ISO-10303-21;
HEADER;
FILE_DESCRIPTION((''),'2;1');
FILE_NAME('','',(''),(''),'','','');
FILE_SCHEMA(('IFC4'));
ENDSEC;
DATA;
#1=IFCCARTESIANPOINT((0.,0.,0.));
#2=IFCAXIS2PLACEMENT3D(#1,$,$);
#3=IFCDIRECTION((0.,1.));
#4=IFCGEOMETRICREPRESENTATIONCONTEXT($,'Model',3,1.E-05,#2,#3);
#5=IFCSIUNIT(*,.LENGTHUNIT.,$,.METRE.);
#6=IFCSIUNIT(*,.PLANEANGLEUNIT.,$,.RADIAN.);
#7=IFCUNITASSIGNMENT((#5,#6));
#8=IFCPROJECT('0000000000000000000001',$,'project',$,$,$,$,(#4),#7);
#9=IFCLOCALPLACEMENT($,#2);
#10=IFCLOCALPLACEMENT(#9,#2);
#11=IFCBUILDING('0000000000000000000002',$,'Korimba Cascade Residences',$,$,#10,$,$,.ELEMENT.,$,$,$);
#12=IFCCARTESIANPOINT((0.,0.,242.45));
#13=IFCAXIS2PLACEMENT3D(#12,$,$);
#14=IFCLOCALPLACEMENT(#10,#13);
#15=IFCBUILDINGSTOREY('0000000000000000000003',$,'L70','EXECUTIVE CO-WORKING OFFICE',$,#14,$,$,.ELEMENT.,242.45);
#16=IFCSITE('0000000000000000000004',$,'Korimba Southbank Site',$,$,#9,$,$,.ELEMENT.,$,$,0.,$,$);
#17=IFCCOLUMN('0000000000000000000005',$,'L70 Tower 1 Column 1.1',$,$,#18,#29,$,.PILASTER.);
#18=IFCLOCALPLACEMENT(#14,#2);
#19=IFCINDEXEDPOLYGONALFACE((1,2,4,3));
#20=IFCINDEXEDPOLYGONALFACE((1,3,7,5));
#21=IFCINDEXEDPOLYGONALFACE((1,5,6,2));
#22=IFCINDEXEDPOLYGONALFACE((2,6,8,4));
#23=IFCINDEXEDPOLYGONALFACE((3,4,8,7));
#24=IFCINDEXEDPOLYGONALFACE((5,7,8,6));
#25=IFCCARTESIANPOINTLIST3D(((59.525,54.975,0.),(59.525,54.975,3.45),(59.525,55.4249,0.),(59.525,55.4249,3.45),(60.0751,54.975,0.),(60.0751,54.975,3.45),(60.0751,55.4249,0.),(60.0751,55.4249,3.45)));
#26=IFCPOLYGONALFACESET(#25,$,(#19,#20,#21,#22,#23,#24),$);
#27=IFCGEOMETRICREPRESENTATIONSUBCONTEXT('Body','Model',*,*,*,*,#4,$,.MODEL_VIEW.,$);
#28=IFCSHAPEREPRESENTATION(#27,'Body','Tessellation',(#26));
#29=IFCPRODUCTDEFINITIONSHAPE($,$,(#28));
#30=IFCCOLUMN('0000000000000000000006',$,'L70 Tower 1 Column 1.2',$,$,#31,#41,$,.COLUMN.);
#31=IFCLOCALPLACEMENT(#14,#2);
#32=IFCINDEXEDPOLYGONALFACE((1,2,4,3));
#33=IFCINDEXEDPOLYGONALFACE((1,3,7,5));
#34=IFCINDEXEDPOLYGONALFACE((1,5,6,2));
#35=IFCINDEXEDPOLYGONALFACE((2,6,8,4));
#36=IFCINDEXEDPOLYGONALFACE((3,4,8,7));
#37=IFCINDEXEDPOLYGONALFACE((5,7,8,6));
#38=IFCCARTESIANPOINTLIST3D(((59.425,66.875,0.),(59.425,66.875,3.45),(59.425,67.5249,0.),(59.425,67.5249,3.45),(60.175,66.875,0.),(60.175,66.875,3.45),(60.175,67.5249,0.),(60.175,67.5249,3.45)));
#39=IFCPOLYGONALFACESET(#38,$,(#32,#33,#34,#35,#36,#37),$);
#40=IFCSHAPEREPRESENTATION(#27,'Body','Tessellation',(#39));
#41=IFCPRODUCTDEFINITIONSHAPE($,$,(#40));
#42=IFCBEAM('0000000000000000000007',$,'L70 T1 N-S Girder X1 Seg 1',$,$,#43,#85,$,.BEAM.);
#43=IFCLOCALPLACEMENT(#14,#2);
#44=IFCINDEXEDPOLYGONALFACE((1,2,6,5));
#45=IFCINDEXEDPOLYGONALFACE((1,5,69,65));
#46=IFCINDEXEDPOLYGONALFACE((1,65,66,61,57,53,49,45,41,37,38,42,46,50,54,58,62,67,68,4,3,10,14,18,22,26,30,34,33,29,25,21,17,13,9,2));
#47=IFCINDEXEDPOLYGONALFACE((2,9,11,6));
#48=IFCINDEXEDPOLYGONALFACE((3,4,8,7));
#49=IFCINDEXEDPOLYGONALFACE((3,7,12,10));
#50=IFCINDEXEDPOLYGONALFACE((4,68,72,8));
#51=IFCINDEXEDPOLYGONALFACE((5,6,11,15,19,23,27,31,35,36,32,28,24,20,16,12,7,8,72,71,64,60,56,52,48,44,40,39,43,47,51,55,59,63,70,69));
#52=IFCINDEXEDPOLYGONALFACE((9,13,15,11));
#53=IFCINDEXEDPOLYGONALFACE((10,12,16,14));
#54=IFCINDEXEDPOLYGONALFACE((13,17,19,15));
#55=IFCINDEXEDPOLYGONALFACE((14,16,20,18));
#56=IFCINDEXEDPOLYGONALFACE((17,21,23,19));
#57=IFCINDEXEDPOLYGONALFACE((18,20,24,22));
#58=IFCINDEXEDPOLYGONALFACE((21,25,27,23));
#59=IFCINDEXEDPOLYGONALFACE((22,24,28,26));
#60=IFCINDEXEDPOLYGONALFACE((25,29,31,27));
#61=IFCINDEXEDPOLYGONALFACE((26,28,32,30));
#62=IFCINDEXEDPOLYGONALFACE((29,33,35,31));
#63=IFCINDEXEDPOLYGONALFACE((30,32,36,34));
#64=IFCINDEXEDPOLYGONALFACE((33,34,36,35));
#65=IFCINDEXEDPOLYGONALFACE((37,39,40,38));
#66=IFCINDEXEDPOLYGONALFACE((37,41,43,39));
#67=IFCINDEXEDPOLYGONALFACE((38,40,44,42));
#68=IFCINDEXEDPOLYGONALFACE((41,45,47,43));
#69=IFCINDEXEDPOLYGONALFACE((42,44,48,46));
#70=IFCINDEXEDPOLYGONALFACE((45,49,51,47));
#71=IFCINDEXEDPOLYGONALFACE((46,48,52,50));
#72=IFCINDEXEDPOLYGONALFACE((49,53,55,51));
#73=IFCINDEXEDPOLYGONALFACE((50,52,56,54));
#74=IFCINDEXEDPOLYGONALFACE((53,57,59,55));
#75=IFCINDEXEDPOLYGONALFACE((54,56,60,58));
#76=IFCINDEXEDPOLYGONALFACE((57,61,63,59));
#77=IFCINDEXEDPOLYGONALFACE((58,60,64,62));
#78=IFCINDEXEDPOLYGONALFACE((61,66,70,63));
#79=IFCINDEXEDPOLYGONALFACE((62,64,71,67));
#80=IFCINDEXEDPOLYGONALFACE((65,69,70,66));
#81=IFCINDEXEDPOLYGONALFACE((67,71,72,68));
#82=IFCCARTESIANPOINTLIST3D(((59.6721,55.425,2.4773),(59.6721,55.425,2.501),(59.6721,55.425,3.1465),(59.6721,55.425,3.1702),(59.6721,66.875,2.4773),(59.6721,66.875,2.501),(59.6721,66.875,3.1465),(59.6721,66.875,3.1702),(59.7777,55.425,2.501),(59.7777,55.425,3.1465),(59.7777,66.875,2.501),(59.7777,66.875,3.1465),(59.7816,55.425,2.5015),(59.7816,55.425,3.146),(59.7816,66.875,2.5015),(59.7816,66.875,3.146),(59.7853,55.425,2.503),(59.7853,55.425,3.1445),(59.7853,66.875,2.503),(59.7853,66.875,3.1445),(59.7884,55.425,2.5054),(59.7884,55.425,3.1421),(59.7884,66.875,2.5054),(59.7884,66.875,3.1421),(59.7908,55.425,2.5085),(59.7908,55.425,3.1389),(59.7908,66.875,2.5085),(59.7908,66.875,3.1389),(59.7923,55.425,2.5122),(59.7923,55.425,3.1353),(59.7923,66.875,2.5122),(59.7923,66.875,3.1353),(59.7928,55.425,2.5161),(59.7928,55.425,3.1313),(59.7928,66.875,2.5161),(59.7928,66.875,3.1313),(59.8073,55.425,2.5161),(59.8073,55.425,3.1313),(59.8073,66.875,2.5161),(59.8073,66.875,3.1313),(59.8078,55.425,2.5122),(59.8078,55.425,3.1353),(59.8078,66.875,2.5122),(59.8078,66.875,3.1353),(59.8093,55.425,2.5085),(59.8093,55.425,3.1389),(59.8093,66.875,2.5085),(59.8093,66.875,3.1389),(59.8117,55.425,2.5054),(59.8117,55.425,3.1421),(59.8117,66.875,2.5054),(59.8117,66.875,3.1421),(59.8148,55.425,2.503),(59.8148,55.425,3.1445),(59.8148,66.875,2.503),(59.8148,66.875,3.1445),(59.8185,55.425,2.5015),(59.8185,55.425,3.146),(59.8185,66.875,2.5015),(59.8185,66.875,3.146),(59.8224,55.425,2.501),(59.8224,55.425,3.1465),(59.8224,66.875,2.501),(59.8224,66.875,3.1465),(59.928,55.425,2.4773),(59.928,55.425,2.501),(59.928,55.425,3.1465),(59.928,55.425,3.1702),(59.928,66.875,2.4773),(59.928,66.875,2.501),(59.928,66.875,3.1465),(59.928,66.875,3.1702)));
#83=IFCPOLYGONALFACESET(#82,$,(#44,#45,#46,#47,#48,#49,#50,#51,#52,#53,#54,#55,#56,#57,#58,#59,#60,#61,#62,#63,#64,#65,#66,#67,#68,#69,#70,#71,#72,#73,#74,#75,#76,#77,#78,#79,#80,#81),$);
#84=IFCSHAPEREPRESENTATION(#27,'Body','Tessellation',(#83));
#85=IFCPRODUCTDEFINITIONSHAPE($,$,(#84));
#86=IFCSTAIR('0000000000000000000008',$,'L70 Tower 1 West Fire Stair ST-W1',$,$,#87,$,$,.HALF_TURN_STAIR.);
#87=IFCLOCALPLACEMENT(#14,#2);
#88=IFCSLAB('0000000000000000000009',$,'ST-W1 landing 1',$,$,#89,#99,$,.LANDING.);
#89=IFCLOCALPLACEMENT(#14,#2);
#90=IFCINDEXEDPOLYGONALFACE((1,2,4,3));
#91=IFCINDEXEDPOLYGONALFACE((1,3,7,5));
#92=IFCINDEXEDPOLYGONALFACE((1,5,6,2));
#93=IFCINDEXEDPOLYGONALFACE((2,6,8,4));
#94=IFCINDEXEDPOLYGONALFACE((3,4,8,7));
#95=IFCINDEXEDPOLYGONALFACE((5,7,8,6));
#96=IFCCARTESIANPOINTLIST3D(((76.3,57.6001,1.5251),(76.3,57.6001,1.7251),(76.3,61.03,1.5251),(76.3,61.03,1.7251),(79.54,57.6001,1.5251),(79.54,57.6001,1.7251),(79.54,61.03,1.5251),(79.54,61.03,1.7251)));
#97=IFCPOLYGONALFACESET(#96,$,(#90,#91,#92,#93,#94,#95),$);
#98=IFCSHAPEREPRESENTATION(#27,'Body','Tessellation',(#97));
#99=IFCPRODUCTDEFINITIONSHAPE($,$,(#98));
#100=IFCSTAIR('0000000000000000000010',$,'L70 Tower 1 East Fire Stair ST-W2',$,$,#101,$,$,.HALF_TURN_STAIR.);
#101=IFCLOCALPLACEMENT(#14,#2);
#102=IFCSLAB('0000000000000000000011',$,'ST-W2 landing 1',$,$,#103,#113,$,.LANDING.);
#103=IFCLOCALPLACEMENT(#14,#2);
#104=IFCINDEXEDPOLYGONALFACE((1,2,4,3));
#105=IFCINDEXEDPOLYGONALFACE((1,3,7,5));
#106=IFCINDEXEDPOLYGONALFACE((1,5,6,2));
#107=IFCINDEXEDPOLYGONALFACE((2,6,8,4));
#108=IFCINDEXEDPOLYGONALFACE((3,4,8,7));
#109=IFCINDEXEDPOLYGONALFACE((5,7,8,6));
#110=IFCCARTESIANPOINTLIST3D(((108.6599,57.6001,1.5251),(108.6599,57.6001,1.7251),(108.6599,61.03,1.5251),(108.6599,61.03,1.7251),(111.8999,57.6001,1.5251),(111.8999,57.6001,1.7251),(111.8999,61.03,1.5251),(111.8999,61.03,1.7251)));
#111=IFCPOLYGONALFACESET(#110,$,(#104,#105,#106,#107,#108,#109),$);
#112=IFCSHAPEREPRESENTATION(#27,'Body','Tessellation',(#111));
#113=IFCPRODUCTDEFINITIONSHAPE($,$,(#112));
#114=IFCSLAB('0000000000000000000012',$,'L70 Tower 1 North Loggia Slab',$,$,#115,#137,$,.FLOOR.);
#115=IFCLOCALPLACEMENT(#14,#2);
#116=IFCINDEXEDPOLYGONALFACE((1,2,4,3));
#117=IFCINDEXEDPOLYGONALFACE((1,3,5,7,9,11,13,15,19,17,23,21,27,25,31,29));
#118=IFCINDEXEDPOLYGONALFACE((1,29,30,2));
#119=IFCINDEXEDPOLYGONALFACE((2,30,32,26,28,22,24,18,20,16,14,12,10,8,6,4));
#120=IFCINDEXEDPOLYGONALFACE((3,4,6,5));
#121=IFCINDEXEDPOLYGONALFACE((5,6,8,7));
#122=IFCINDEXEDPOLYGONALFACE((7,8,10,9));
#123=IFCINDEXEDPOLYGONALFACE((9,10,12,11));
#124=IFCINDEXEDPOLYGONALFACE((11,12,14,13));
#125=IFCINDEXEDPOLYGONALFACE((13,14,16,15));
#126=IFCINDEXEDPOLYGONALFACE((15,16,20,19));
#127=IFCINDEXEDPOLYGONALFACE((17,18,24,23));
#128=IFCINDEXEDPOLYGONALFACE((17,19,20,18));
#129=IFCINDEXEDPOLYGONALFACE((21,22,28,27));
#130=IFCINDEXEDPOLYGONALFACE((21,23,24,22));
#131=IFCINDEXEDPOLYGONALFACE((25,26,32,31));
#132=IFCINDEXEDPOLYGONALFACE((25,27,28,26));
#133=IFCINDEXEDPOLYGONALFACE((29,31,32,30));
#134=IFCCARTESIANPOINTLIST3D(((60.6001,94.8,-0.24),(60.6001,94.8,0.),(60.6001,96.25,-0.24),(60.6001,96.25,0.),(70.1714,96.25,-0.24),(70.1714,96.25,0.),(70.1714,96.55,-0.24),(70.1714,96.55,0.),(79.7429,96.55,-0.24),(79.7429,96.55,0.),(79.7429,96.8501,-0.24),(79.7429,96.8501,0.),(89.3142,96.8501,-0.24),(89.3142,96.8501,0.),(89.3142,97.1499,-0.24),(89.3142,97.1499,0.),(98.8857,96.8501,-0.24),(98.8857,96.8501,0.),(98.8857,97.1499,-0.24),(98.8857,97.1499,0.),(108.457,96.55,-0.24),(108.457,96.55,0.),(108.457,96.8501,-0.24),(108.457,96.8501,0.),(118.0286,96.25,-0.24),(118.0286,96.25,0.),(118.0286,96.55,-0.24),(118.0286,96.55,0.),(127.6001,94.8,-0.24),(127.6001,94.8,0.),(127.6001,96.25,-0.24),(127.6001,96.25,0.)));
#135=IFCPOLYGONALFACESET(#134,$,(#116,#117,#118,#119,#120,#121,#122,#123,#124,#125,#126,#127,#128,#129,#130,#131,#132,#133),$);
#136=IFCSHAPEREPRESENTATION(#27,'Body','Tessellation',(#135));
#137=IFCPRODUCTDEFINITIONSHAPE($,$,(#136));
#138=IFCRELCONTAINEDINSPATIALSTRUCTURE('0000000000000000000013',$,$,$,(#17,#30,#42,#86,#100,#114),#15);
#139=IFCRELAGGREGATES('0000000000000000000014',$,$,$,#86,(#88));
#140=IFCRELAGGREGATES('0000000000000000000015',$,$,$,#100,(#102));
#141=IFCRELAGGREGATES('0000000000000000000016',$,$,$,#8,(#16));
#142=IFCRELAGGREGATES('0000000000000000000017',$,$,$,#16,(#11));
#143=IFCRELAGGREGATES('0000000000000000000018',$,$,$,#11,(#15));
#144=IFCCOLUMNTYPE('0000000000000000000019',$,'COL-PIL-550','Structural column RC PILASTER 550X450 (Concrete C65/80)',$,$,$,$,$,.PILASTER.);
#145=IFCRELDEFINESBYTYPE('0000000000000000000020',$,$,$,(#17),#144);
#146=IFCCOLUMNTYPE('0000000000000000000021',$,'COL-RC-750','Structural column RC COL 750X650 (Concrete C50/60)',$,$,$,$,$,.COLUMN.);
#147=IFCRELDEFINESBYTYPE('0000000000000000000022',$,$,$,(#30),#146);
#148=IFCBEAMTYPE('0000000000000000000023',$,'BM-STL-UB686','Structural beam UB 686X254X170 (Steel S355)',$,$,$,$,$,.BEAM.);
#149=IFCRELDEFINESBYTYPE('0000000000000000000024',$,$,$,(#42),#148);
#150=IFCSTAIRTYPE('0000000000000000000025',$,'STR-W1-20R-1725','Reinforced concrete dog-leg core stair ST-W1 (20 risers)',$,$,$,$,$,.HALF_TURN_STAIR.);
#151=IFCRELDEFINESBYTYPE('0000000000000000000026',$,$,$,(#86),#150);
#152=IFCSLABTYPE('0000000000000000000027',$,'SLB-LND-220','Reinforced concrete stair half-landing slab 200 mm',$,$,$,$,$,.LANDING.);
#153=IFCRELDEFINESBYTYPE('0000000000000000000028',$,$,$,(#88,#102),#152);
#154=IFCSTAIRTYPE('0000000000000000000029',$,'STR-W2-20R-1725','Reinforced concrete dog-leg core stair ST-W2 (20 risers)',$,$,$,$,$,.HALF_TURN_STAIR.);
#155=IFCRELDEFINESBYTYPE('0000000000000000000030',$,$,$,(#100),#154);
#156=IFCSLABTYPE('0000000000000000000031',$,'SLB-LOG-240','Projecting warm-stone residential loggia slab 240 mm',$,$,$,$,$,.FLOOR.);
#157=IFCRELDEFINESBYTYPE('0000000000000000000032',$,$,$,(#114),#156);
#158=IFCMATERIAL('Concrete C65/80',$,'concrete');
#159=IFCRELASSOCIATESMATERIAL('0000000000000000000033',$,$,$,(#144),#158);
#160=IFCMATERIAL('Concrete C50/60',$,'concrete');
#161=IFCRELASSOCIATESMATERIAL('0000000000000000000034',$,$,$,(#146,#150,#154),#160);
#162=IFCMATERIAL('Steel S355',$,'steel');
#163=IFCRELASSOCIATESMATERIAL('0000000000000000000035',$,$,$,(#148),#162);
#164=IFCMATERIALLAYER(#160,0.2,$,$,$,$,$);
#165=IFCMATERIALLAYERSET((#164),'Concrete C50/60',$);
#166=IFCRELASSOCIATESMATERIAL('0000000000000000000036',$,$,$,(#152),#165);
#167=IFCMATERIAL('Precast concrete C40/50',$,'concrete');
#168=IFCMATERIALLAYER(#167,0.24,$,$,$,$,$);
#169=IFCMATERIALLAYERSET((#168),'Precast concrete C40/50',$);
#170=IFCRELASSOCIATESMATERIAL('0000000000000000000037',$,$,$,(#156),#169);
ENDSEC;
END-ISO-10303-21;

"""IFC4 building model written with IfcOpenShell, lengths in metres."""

from ifc_helpers import new_model, si_unit, direction, frame, origin, origin_2d, place, context, subcontext, project, spatial, polyline, rectangle, i_section, outline, extrude, material, layer, layer_set, material_profile, profile_set, type_object, element, aggregate, save


model = new_model("IFC4")

# Units and contexts
model_context = context("Model", 3, precision=1e-05, world=origin(), true_north=direction((0.0, 1.0)))
body_context = subcontext(model_context, "Body", "Model", "MODEL_VIEW")
ifc_project = project(units=[si_unit("LENGTHUNIT", "METRE"), si_unit("PLANEANGLEUNIT", "RADIAN")], contexts=[model_context])

# Site, building, storey
site_placement = place(None, origin())
site = spatial("IfcSite", under=ifc_project, at=site_placement, Name="Korimba Southbank Site", CompositionType="ELEMENT", RefElevation=0.0)
building_placement = place(site_placement, origin())
building = spatial("IfcBuilding", under=site, at=building_placement, Name="Korimba Cascade Residences", CompositionType="ELEMENT")
storey_placement = place(building_placement, frame((0.0, 0.0, 242.45)))
storey = spatial("IfcBuildingStorey", under=building, at=storey_placement, Name="L70", Description="EXECUTIVE CO-WORKING OFFICE", CompositionType="ELEMENT", Elevation=242.45)

# Columns
ifc_material_1 = material(Name="Concrete C65/80", Category="concrete")
ifc_material_profile_1 = material_profile(ifc_material_1, rectangle(XDim=0.55, YDim=0.45, at=origin_2d()), Name="Concrete C65/80")
ifc_profile_set_1 = profile_set([ifc_material_profile_1], Name="Concrete C65/80")
column_type_1 = type_object("IfcColumnType", Name="COL-PIL-550", Description="Structural column RC PILASTER 550X450 (Concrete C65/80)", PredefinedType="PILASTER", material=ifc_profile_set_1)
column_1_placement = place(storey_placement, frame((59.8, 55.2, 0.0), z_axis=(0.0, 0.0, 1.0), x_axis=(1.0, 0.0, 0.0)))
element("IfcColumn", 1, at=column_1_placement, inside=storey, type_object=column_type_1, Name="L70 Tower 1 Column 1.1", PredefinedType="PILASTER", context=body_context, shape_type="SweptSolid", body=[
    extrude(rectangle(XDim=0.55, YDim=0.45, at=origin_2d()), origin(), (0.0, 0.0, 1.0), 3.45),
])
ifc_material_2 = material(Name="Concrete C50/60", Category="concrete")
ifc_material_profile_2 = material_profile(ifc_material_2, rectangle(XDim=0.75, YDim=0.6499, at=origin_2d()), Name="Concrete C50/60")
ifc_profile_set_2 = profile_set([ifc_material_profile_2], Name="Concrete C50/60")
column_type_2 = type_object("IfcColumnType", Name="COL-RC-750", Description="Structural column RC COL 750X650 (Concrete C50/60)", PredefinedType="COLUMN", material=ifc_profile_set_2)
column_2_placement = place(storey_placement, frame((59.8, 67.2, 0.0), z_axis=(0.0, 0.0, 1.0), x_axis=(1.0, 0.0, 0.0)))
element("IfcColumn", 2, at=column_2_placement, inside=storey, type_object=column_type_2, Name="L70 Tower 1 Column 1.2", PredefinedType="COLUMN", context=body_context, shape_type="SweptSolid", body=[
    extrude(rectangle(XDim=0.75, YDim=0.6499, at=origin_2d()), origin(), (0.0, 0.0, 1.0), 3.45),
])

# Beam
ifc_material_3 = material(Name="Steel S355", Category="steel")
ifc_material_profile_3 = material_profile(ifc_material_3, i_section(OverallWidth=0.2559, OverallDepth=0.6929, WebThickness=0.0144, FlangeThickness=0.0237, FilletRadius=0.0151, at=origin_2d()), Name="Steel S355")
ifc_profile_set_3 = profile_set([ifc_material_profile_3], Name="Steel S355")
beam_type = type_object("IfcBeamType", Name="BM-STL-UB686", Description="Structural beam UB 686X254X170 (Steel S355)", PredefinedType="BEAM", material=ifc_profile_set_3)
beam_placement = place(storey_placement, frame((59.8, 55.425, 2.8237), z_axis=(0.0, 1.0, 0.0), x_axis=(-1.0, 0.0, 0.0)))
element("IfcBeam", 3, at=beam_placement, inside=storey, type_object=beam_type, Name="L70 T1 N-S Girder X1 Seg 1", PredefinedType="BEAM", context=body_context, shape_type="SweptSolid", body=[
    extrude(i_section(OverallWidth=0.2559, OverallDepth=0.6929, WebThickness=0.0144, FlangeThickness=0.0237, FilletRadius=0.0151, at=origin_2d()), origin(), (0.0, 0.0, 1.0), 11.45),
])

# Stairs, slabs
stair_type_1 = type_object("IfcStairType", Name="STR-W1-20R-1725", Description="Reinforced concrete dog-leg core stair ST-W1 (20 risers)", PredefinedType="HALF_TURN_STAIR", material=ifc_material_2)
stair_1_placement = place(storey_placement, origin())
stair_1 = element("IfcStair", 4, at=stair_1_placement, inside=storey, type_object=stair_type_1, Name="L70 Tower 1 West Fire Stair ST-W1", PredefinedType="HALF_TURN_STAIR")
ifc_layer_1 = layer(ifc_material_2, 0.2)
ifc_layer_set_1 = layer_set([ifc_layer_1], Name="Concrete C50/60")
slab_type_1 = type_object("IfcSlabType", Name="SLB-LND-220", Description="Reinforced concrete stair half-landing slab 200 mm", PredefinedType="LANDING", material=ifc_layer_set_1)
slab_1_placement = place(storey_placement, frame((0.0, 0.0, 1.5251)))
slab_1 = element("IfcSlab", 5, at=slab_1_placement, type_object=slab_type_1, Name="ST-W1 landing 1", PredefinedType="LANDING", context=body_context, shape_type="SweptSolid", body=[
    extrude(outline(polyline([(76.3, 61.03), (76.3, 57.6001), (79.54, 57.6001), (79.54, 61.03), (76.3, 61.03)])), origin(), (0.0, 0.0, 1.0), 0.2),
])
aggregate(stair_1, [slab_1])
stair_type_2 = type_object("IfcStairType", Name="STR-W2-20R-1725", Description="Reinforced concrete dog-leg core stair ST-W2 (20 risers)", PredefinedType="HALF_TURN_STAIR", material=ifc_material_2)
stair_2_placement = place(storey_placement, origin())
stair_2 = element("IfcStair", 6, at=stair_2_placement, inside=storey, type_object=stair_type_2, Name="L70 Tower 1 East Fire Stair ST-W2", PredefinedType="HALF_TURN_STAIR")
slab_2_placement = place(storey_placement, frame((0.0, 0.0, 1.5251)))
slab_2 = element("IfcSlab", 7, at=slab_2_placement, type_object=slab_type_1, Name="ST-W2 landing 1", PredefinedType="LANDING", context=body_context, shape_type="SweptSolid", body=[
    extrude(outline(polyline([(108.6599, 61.03), (108.6599, 57.6001), (111.8999, 57.6001), (111.8999, 61.03), (108.6599, 61.03)])), origin(), (0.0, 0.0, 1.0), 0.2),
])
aggregate(stair_2, [slab_2])

# Slab
ifc_material_4 = material(Name="Precast concrete C40/50", Category="concrete")
ifc_layer_2 = layer(ifc_material_4, 0.24)
ifc_layer_set_2 = layer_set([ifc_layer_2], Name="Precast concrete C40/50")
slab_type_2 = type_object("IfcSlabType", Name="SLB-LOG-240", Description="Projecting warm-stone residential loggia slab 240 mm", PredefinedType="FLOOR", material=ifc_layer_set_2)
slab_3_placement = place(storey_placement, frame((0.0, 0.0, -0.24)))
element("IfcSlab", 8, at=slab_3_placement, inside=storey, type_object=slab_type_2, Name="L70 Tower 1 North Loggia Slab", PredefinedType="FLOOR", context=body_context, shape_type="SweptSolid", body=[
    extrude(outline(polyline([(60.6001, 94.8), (127.6001, 94.8), (127.6001, 96.25), (118.0286, 96.25), (118.0286, 96.55), (108.457, 96.55), (108.457, 96.8501), (98.8857, 96.8501), (98.8857, 97.1499), (89.3142, 97.1499), (89.3142, 96.8501), (79.7429, 96.8501), (79.7429, 96.55), (70.1714, 96.55), (70.1714, 96.25), (60.6001, 96.25), (60.6001, 94.8)])), origin(), (0.0, 0.0, 1.0), 0.24),
])

save(model, "model.ifc")
